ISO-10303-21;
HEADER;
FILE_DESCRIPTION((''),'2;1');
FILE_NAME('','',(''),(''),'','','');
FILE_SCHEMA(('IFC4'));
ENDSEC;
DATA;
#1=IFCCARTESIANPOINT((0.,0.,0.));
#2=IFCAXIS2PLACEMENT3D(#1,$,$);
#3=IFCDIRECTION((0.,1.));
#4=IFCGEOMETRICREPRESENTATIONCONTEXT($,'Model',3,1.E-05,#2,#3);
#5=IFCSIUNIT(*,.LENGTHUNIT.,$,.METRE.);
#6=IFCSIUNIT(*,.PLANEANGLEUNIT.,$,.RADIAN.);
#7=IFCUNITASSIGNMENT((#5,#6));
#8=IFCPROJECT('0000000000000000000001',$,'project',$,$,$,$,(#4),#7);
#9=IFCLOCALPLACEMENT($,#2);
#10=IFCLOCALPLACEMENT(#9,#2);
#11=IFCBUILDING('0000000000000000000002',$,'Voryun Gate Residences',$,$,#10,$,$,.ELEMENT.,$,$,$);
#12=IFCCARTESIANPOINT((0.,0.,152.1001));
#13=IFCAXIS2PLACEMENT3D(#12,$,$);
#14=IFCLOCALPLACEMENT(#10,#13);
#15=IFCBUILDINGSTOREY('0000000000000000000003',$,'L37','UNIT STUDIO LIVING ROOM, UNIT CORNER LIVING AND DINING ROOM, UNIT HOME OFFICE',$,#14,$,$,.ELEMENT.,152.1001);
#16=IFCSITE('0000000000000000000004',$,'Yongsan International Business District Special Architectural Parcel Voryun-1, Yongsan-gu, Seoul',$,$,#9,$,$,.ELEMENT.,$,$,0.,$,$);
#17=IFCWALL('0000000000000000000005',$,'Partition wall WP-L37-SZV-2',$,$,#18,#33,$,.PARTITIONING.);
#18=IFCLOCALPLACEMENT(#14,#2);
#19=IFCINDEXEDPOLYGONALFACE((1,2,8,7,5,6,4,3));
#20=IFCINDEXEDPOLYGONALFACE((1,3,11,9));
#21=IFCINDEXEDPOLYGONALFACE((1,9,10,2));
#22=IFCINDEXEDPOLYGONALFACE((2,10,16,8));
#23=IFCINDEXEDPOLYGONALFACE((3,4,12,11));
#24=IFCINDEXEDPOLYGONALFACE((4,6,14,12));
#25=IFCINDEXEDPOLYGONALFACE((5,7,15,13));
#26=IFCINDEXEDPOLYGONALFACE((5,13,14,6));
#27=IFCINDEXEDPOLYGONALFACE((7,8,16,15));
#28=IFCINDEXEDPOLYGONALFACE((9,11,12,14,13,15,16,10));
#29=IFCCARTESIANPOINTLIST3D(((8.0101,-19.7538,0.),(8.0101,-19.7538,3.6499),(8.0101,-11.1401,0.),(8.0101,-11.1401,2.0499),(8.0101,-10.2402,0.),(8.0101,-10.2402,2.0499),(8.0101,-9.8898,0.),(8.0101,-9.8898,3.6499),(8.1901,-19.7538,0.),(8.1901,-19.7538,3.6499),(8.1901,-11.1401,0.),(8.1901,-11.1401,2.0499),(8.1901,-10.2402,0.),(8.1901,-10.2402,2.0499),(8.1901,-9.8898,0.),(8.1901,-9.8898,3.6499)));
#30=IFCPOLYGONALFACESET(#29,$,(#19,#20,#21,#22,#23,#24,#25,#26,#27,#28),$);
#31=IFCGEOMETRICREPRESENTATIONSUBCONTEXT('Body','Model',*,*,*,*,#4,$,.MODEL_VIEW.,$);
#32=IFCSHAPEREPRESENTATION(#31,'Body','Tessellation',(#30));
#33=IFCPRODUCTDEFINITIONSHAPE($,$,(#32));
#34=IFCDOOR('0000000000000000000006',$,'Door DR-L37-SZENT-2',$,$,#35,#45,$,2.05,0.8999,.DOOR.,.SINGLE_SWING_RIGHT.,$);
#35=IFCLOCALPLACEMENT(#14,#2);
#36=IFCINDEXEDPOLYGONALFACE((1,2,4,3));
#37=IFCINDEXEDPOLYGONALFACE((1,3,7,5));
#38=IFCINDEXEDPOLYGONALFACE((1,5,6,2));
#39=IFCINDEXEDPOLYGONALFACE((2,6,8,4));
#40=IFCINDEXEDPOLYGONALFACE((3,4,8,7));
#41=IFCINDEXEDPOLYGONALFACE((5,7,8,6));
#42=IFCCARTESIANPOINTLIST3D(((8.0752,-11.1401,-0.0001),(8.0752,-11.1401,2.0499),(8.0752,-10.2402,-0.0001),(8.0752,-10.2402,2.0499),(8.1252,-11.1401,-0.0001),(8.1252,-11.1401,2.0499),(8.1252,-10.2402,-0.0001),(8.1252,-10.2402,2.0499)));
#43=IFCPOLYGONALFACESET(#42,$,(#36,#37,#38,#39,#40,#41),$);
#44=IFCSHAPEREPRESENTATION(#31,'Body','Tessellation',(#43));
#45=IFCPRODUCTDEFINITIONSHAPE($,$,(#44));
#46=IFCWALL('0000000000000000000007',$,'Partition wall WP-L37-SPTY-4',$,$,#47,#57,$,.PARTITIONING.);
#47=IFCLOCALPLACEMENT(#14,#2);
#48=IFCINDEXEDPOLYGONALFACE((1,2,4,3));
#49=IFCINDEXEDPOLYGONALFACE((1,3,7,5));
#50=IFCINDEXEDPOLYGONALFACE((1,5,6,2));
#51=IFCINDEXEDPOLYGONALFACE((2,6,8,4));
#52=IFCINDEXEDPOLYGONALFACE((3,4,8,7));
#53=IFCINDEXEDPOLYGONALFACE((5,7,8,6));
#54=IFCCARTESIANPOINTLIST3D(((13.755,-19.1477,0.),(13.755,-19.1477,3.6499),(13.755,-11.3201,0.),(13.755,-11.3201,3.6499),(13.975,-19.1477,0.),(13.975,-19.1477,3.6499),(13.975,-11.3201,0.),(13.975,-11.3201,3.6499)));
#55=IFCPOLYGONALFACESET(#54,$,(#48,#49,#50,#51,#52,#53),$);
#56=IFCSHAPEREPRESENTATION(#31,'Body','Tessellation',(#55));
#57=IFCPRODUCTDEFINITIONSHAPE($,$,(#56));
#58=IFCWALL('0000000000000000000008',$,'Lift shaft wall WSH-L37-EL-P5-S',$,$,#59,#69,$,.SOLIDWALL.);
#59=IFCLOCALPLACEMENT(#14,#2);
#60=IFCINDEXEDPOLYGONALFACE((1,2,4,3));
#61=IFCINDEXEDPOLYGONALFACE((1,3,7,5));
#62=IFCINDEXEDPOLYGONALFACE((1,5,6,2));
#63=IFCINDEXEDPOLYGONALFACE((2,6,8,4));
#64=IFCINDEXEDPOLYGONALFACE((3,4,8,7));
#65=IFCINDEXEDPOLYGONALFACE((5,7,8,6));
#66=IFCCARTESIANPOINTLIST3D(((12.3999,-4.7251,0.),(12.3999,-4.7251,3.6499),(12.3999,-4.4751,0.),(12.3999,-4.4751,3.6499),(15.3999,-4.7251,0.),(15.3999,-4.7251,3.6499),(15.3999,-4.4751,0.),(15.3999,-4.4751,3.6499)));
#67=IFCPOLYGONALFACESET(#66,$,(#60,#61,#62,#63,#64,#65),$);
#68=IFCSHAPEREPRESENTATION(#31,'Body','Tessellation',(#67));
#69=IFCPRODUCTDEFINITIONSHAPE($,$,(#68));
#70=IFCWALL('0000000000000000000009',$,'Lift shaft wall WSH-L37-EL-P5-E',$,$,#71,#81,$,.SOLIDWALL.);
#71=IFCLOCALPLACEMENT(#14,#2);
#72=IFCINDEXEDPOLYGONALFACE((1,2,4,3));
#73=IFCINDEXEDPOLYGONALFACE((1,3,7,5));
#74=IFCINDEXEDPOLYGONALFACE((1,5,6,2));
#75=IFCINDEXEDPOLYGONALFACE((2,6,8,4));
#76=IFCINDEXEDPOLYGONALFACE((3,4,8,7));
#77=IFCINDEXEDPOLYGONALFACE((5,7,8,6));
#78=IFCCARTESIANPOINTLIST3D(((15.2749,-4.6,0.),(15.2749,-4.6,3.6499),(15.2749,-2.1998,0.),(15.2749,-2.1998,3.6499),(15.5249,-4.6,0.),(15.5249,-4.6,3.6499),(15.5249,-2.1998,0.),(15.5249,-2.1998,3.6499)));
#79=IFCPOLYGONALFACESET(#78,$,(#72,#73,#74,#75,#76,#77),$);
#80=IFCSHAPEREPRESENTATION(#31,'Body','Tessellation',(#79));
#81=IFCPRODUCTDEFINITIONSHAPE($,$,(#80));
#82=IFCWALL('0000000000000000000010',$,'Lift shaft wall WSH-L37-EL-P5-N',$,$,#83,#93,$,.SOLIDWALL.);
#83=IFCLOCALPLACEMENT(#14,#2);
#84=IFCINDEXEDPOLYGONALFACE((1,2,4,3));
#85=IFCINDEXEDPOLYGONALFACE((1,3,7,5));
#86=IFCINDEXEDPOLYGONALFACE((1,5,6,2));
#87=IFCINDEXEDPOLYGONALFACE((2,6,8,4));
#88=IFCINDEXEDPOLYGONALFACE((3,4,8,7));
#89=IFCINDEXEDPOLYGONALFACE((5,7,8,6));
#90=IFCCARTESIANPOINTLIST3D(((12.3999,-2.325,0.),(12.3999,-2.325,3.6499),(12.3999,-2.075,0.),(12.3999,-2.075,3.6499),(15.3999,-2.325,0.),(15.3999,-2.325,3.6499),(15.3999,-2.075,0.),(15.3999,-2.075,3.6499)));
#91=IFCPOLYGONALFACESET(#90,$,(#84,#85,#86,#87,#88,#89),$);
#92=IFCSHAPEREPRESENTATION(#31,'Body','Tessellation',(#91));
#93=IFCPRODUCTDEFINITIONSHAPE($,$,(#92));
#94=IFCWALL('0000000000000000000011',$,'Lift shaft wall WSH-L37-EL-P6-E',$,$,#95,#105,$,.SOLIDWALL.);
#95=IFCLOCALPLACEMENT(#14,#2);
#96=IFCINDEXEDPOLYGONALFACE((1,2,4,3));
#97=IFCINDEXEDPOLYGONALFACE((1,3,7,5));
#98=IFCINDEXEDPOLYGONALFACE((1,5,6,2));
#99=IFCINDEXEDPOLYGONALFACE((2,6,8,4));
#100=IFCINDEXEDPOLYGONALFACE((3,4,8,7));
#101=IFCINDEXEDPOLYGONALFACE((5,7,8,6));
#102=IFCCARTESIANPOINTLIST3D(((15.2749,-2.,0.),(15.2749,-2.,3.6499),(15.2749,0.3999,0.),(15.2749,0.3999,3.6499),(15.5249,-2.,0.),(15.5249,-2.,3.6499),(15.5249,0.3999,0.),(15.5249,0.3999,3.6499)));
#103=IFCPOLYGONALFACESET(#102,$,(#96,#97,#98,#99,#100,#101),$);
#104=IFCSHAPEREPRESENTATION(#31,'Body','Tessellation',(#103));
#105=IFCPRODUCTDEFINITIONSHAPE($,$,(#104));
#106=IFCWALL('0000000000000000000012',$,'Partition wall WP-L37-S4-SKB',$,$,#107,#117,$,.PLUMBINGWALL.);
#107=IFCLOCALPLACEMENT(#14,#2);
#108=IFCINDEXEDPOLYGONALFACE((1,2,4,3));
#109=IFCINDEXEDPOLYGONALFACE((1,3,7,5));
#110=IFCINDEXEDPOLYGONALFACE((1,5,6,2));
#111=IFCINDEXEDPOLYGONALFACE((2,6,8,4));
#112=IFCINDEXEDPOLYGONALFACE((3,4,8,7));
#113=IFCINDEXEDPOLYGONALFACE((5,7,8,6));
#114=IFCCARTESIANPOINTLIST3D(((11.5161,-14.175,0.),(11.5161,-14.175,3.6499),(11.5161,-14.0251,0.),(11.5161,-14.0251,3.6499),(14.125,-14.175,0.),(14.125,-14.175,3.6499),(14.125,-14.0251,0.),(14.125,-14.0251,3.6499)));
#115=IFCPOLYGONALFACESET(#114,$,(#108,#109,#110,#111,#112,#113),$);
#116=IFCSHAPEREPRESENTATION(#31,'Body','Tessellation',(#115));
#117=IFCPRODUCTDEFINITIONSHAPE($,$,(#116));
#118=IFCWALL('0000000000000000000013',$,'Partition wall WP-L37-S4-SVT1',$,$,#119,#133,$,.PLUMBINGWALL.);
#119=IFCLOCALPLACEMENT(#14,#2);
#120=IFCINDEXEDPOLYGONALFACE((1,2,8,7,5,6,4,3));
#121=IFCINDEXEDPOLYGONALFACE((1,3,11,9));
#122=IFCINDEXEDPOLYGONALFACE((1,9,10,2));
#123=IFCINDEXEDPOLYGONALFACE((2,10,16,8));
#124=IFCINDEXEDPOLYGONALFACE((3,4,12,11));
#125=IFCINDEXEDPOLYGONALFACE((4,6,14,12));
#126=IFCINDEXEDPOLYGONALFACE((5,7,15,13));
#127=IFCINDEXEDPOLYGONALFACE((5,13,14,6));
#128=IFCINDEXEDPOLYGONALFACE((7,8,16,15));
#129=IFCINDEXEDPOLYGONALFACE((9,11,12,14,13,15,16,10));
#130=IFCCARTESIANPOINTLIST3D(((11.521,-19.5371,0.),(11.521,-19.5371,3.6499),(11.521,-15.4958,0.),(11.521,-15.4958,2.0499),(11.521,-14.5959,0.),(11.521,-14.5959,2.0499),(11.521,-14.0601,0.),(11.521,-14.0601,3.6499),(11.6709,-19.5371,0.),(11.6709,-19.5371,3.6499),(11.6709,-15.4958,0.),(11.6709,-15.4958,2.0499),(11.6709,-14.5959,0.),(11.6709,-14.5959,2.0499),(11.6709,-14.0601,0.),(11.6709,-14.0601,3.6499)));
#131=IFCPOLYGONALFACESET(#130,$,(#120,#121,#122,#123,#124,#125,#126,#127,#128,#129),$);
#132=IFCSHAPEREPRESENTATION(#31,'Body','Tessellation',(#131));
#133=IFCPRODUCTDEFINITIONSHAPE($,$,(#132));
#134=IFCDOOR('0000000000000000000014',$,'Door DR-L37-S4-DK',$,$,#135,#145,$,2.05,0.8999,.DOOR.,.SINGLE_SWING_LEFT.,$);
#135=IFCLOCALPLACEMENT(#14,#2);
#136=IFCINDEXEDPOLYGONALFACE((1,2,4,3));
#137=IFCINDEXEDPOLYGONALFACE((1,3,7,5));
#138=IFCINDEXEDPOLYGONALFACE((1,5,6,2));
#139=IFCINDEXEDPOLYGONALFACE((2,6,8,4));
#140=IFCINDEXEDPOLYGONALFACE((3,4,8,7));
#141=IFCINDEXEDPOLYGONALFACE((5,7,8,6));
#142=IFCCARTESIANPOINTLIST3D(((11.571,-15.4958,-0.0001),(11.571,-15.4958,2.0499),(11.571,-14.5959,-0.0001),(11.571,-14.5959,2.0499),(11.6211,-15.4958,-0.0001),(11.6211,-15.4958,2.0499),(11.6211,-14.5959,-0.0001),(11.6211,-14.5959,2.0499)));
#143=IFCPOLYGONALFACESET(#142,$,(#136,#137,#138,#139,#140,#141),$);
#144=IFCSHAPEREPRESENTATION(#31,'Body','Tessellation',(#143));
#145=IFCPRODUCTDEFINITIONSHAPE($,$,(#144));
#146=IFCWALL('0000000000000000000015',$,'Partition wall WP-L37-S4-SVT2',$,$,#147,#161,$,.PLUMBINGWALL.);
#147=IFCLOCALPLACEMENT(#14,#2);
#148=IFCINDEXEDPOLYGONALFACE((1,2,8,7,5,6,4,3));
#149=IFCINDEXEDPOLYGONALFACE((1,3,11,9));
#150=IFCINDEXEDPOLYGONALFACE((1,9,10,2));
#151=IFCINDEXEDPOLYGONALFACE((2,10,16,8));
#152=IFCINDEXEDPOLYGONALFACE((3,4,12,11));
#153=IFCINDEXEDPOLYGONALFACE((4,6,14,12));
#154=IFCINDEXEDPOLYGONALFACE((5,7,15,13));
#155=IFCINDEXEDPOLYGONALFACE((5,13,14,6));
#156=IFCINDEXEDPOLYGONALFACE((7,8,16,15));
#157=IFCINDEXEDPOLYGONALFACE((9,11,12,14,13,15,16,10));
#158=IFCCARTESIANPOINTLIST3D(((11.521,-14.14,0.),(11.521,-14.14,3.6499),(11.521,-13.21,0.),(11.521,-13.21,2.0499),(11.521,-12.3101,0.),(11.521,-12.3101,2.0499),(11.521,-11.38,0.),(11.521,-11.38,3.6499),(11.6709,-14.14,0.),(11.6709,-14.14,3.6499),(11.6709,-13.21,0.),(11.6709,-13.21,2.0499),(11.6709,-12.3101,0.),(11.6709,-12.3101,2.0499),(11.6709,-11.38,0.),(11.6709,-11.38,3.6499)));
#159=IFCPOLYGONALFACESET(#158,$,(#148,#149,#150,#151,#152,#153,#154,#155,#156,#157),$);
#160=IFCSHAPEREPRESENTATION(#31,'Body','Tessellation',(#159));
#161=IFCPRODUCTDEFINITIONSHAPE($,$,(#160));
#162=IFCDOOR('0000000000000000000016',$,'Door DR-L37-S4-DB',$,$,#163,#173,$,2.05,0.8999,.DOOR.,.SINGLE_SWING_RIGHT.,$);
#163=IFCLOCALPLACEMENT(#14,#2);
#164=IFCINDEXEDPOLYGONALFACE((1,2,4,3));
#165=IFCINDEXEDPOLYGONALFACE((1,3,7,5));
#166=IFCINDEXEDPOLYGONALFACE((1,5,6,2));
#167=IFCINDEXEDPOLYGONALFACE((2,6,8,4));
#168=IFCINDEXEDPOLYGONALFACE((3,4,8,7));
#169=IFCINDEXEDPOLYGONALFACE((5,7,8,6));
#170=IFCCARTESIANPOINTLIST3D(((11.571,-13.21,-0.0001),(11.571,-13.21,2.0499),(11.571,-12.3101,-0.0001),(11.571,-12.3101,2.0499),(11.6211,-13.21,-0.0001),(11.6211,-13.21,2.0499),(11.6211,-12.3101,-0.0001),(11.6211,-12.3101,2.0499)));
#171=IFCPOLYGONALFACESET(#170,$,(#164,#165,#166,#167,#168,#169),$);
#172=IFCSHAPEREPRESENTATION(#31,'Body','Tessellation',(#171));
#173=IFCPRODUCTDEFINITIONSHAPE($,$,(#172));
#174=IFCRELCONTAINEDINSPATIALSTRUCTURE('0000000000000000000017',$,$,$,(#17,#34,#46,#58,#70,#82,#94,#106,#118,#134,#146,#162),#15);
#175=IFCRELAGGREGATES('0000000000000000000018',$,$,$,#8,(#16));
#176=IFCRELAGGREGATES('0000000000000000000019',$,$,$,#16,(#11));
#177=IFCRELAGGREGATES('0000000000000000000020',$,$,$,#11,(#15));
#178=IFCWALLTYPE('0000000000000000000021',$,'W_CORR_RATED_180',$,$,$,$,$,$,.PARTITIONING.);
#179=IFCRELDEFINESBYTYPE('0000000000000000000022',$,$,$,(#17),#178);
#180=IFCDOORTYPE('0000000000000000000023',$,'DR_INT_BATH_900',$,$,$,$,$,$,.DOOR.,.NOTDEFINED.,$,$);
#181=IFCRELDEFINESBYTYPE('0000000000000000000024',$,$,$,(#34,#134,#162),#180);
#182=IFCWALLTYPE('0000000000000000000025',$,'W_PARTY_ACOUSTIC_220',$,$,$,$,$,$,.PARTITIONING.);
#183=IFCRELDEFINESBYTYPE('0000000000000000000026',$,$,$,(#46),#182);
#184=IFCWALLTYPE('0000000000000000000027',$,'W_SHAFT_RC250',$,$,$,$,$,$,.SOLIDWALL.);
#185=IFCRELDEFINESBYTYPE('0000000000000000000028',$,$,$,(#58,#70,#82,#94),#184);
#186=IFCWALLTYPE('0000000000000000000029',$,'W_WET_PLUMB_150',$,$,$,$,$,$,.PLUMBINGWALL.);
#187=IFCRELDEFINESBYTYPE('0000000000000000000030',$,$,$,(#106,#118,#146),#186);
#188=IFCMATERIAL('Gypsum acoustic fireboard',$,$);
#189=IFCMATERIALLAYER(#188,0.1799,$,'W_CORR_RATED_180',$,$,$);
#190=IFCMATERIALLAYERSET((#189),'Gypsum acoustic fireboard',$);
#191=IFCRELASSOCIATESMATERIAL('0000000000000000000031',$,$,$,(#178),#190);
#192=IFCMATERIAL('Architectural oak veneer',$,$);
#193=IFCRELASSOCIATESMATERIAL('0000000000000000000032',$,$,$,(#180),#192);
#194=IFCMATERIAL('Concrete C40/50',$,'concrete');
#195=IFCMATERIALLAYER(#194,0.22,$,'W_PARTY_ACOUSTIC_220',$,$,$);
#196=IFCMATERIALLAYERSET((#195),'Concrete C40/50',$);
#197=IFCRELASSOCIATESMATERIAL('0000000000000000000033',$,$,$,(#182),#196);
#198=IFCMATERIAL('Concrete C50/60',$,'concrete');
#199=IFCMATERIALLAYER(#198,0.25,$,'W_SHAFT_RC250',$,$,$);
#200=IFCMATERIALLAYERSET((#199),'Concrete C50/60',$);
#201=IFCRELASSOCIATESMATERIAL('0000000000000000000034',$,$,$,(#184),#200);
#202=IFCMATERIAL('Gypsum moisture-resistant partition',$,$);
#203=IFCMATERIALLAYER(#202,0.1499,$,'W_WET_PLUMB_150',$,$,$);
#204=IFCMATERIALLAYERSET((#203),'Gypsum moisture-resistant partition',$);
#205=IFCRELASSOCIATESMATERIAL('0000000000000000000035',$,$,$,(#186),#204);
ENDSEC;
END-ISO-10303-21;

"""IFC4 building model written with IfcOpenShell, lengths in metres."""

from ifc_helpers import new_model, si_unit, direction, frame, frame_2d, origin, place, context, subcontext, project, spatial, rectangle, extrude, material, layer, layer_set, type_object, element, fill, save


model = new_model("IFC4")

# Units and contexts
model_context = context("Model", 3, precision=1e-05, world=origin(), true_north=direction((0.0, 1.0)))
body_context = subcontext(model_context, "Body", "Model", "MODEL_VIEW")
ifc_project = project(units=[si_unit("LENGTHUNIT", "METRE"), si_unit("PLANEANGLEUNIT", "RADIAN")], contexts=[model_context])

# Site, building, storey
site_placement = place(None, origin())
site = spatial("IfcSite", under=ifc_project, at=site_placement, Name="Yongsan International Business District Special Architectural Parcel Voryun-1, Yongsan-gu, Seoul", CompositionType="ELEMENT", RefElevation=0.0)
building_placement = place(site_placement, origin())
building = spatial("IfcBuilding", under=site, at=building_placement, Name="Voryun Gate Residences", CompositionType="ELEMENT")
storey_placement = place(building_placement, frame((0.0, 0.0, 152.1001)))
storey = spatial("IfcBuildingStorey", under=building, at=storey_placement, Name="L37", Description="UNIT STUDIO LIVING ROOM, UNIT CORNER LIVING AND DINING ROOM, UNIT HOME OFFICE", CompositionType="ELEMENT", Elevation=152.1001)

# Shared definitions
ifc_material_1 = material(Name="Gypsum acoustic fireboard")
ifc_layer_1 = layer(ifc_material_1, 0.1799, Name="W_CORR_RATED_180")
ifc_layer_set_1 = layer_set([ifc_layer_1], Name="Gypsum acoustic fireboard")
wall_type_1 = type_object("IfcWallType", Name="W_CORR_RATED_180", PredefinedType="PARTITIONING", material=ifc_layer_set_1)

# Wall, opening, door
wall_1_placement = place(storey_placement, frame((8.1001, -19.7539, 0.0), z_axis=(0.0, 0.0, 1.0), x_axis=(0.0, 1.0, 0.0)))
wall_1 = element("IfcWall", 1, at=wall_1_placement, inside=storey, type_object=wall_type_1, Name="Partition wall WP-L37-SZV-2", PredefinedType="PARTITIONING", context=body_context, shape_type="SweptSolid", body=[
    extrude(rectangle(XDim=9.864, YDim=0.1799, at=frame_2d((4.9321, 0.0))), origin(), (0.0, 0.0, 1.0), 3.6499),
])
opening_1_placement = place(wall_1_placement, frame((8.6138, 0.0, 0.0)))
opening_1 = element("IfcOpeningElement", 2, at=opening_1_placement, cuts=wall_1, PredefinedType="OPENING", context=body_context, shape_type="SweptSolid", body=[
    extrude(rectangle(XDim=0.8999, YDim=2.05, at=frame_2d((0.45, 1.0249))), frame((0.0, 0.0999, 0.0), z_axis=(0.0, -1.0, 0.0), x_axis=(1.0, 0.0, 0.0)), (0.0, 0.0, 1.0), 0.2),
])
ifc_material_2 = material(Name="Architectural oak veneer")
door_type_1 = type_object("IfcDoorType", Name="DR_INT_BATH_900", OperationType="NOTDEFINED", PredefinedType="DOOR", material=ifc_material_2)
door_1_placement = place(opening_1_placement, origin())
door_1 = element("IfcDoor", 3, at=door_1_placement, inside=storey, type_object=door_type_1, Name="Door DR-L37-SZENT-2", OperationType="SINGLE_SWING_RIGHT", OverallHeight=2.05, OverallWidth=0.8999, PredefinedType="DOOR", context=body_context, shape_type="SweptSolid", body=[
    extrude(rectangle(XDim=0.8999, YDim=2.05, at=frame_2d((0.45, 1.0249))), frame((0.0, 0.0249, 0.0), z_axis=(0.0, -1.0, 0.0), x_axis=(1.0, 0.0, 0.0)), (0.0, 0.0, 1.0), 0.05),
])
fill(opening_1, door_1)

# Walls
ifc_material_3 = material(Name="Concrete C40/50", Category="concrete")
ifc_layer_2 = layer(ifc_material_3, 0.22, Name="W_PARTY_ACOUSTIC_220")
ifc_layer_set_2 = layer_set([ifc_layer_2], Name="Concrete C40/50")
wall_type_2 = type_object("IfcWallType", Name="W_PARTY_ACOUSTIC_220", PredefinedType="PARTITIONING", material=ifc_layer_set_2)
wall_2_placement = place(storey_placement, frame((13.865, -19.1477, 0.0), z_axis=(0.0, 0.0, 1.0), x_axis=(0.0, 1.0, 0.0)))
element("IfcWall", 4, at=wall_2_placement, inside=storey, type_object=wall_type_2, Name="Partition wall WP-L37-SPTY-4", PredefinedType="PARTITIONING", context=body_context, shape_type="SweptSolid", body=[
    extrude(rectangle(XDim=7.8276, YDim=0.22, at=frame_2d((3.9138, 0.0))), origin(), (0.0, 0.0, 1.0), 3.6499),
])
ifc_material_4 = material(Name="Concrete C50/60", Category="concrete")
ifc_layer_3 = layer(ifc_material_4, 0.25, Name="W_SHAFT_RC250")
ifc_layer_set_3 = layer_set([ifc_layer_3], Name="Concrete C50/60")
wall_type_3 = type_object("IfcWallType", Name="W_SHAFT_RC250", PredefinedType="SOLIDWALL", material=ifc_layer_set_3)
wall_3_placement = place(storey_placement, frame((12.3999, -4.6001, 0.0), z_axis=(0.0, 0.0, 1.0), x_axis=(1.0, 0.0, 0.0)))
element("IfcWall", 5, at=wall_3_placement, inside=storey, type_object=wall_type_3, Name="Lift shaft wall WSH-L37-EL-P5-S", PredefinedType="SOLIDWALL", context=body_context, shape_type="SweptSolid", body=[
    extrude(rectangle(XDim=3.0, YDim=0.25, at=frame_2d((1.5, 0.0))), origin(), (0.0, 0.0, 1.0), 3.6499),
])
wall_4_placement = place(storey_placement, frame((15.3999, -4.6001, 0.0), z_axis=(0.0, 0.0, 1.0), x_axis=(0.0, 1.0, 0.0)))
element("IfcWall", 6, at=wall_4_placement, inside=storey, type_object=wall_type_3, Name="Lift shaft wall WSH-L37-EL-P5-E", PredefinedType="SOLIDWALL", context=body_context, shape_type="SweptSolid", body=[
    extrude(rectangle(XDim=2.4001, YDim=0.25, at=frame_2d((1.2002, 0.0))), origin(), (0.0, 0.0, 1.0), 3.6499),
])
wall_5_placement = place(storey_placement, frame((15.3999, -2.2, 0.0), z_axis=(0.0, 0.0, 1.0), x_axis=(-1.0, 0.0, 0.0)))
element("IfcWall", 7, at=wall_5_placement, inside=storey, type_object=wall_type_3, Name="Lift shaft wall WSH-L37-EL-P5-N", PredefinedType="SOLIDWALL", context=body_context, shape_type="SweptSolid", body=[
    extrude(rectangle(XDim=3.0, YDim=0.25, at=frame_2d((1.5, 0.0))), origin(), (0.0, 0.0, 1.0), 3.6499),
])
wall_6_placement = place(storey_placement, frame((15.3999, -2.0, 0.0), z_axis=(0.0, 0.0, 1.0), x_axis=(0.0, 1.0, 0.0)))
element("IfcWall", 8, at=wall_6_placement, inside=storey, type_object=wall_type_3, Name="Lift shaft wall WSH-L37-EL-P6-E", PredefinedType="SOLIDWALL", context=body_context, shape_type="SweptSolid", body=[
    extrude(rectangle(XDim=2.3999, YDim=0.25, at=frame_2d((1.2, 0.0))), origin(), (0.0, 0.0, 1.0), 3.6499),
])
ifc_material_5 = material(Name="Gypsum moisture-resistant partition")
ifc_layer_4 = layer(ifc_material_5, 0.1499, Name="W_WET_PLUMB_150")
ifc_layer_set_4 = layer_set([ifc_layer_4], Name="Gypsum moisture-resistant partition")
wall_type_4 = type_object("IfcWallType", Name="W_WET_PLUMB_150", PredefinedType="PLUMBINGWALL", material=ifc_layer_set_4)
wall_7_placement = place(storey_placement, frame((11.5161, -14.1001, 0.0), z_axis=(0.0, 0.0, 1.0), x_axis=(1.0, 0.0, 0.0)))
element("IfcWall", 9, at=wall_7_placement, inside=storey, type_object=wall_type_4, Name="Partition wall WP-L37-S4-SKB", PredefinedType="PLUMBINGWALL", context=body_context, shape_type="SweptSolid", body=[
    extrude(rectangle(XDim=2.6089, YDim=0.1499, at=frame_2d((1.3044, 0.0))), origin(), (0.0, 0.0, 1.0), 3.6499),
])

# Walls, openings, doors
wall_8_placement = place(storey_placement, frame((11.5959, -19.5371, 0.0), z_axis=(0.0, 0.0, 1.0), x_axis=(0.0, 1.0, 0.0)))
wall_8 = element("IfcWall", 10, at=wall_8_placement, inside=storey, type_object=wall_type_4, Name="Partition wall WP-L37-S4-SVT1", PredefinedType="PLUMBINGWALL", context=body_context, shape_type="SweptSolid", body=[
    extrude(rectangle(XDim=5.4771, YDim=0.1499, at=frame_2d((2.7385, 0.0))), origin(), (0.0, 0.0, 1.0), 3.6499),
])
opening_2_placement = place(wall_8_placement, frame((4.0413, 0.0, 0.0)))
opening_2 = element("IfcOpeningElement", 11, at=opening_2_placement, cuts=wall_8, PredefinedType="OPENING", context=body_context, shape_type="SweptSolid", body=[
    extrude(rectangle(XDim=0.8999, YDim=2.05, at=frame_2d((0.45, 1.0249))), frame((0.0, 0.085, 0.0), z_axis=(0.0, -1.0, 0.0), x_axis=(1.0, 0.0, 0.0)), (0.0, 0.0, 1.0), 0.1699),
])
door_2_placement = place(opening_2_placement, origin())
door_2 = element("IfcDoor", 12, at=door_2_placement, inside=storey, type_object=door_type_1, Name="Door DR-L37-S4-DK", OperationType="SINGLE_SWING_LEFT", OverallHeight=2.05, OverallWidth=0.8999, PredefinedType="DOOR", context=body_context, shape_type="SweptSolid", body=[
    extrude(rectangle(XDim=0.8999, YDim=2.05, at=frame_2d((0.45, 1.0249))), frame((0.0, 0.0249, 0.0), z_axis=(0.0, -1.0, 0.0), x_axis=(1.0, 0.0, 0.0)), (0.0, 0.0, 1.0), 0.05),
])
fill(opening_2, door_2)
wall_9_placement = place(storey_placement, frame((11.5959, -14.1399, 0.0), z_axis=(0.0, 0.0, 1.0), x_axis=(0.0, 1.0, 0.0)))
wall_9 = element("IfcWall", 13, at=wall_9_placement, inside=storey, type_object=wall_type_4, Name="Partition wall WP-L37-S4-SVT2", PredefinedType="PLUMBINGWALL", context=body_context, shape_type="SweptSolid", body=[
    extrude(rectangle(XDim=2.76, YDim=0.1499, at=frame_2d((1.3799, 0.0))), origin(), (0.0, 0.0, 1.0), 3.6499),
])
opening_3_placement = place(wall_9_placement, frame((0.9299, 0.0, 0.0)))
opening_3 = element("IfcOpeningElement", 14, at=opening_3_placement, cuts=wall_9, PredefinedType="OPENING", context=body_context, shape_type="SweptSolid", body=[
    extrude(rectangle(XDim=0.8999, YDim=2.05, at=frame_2d((0.45, 1.0249))), frame((0.0, 0.085, 0.0), z_axis=(0.0, -1.0, 0.0), x_axis=(1.0, 0.0, 0.0)), (0.0, 0.0, 1.0), 0.1699),
])
door_3_placement = place(opening_3_placement, origin())
door_3 = element("IfcDoor", 15, at=door_3_placement, inside=storey, type_object=door_type_1, Name="Door DR-L37-S4-DB", OperationType="SINGLE_SWING_RIGHT", OverallHeight=2.05, OverallWidth=0.8999, PredefinedType="DOOR", context=body_context, shape_type="SweptSolid", body=[
    extrude(rectangle(XDim=0.8999, YDim=2.05, at=frame_2d((0.45, 1.0249))), frame((0.0, 0.0249, 0.0), z_axis=(0.0, -1.0, 0.0), x_axis=(1.0, 0.0, 0.0)), (0.0, 0.0, 1.0), 0.05),
])
fill(opening_3, door_3)

save(model, "model.ifc")
